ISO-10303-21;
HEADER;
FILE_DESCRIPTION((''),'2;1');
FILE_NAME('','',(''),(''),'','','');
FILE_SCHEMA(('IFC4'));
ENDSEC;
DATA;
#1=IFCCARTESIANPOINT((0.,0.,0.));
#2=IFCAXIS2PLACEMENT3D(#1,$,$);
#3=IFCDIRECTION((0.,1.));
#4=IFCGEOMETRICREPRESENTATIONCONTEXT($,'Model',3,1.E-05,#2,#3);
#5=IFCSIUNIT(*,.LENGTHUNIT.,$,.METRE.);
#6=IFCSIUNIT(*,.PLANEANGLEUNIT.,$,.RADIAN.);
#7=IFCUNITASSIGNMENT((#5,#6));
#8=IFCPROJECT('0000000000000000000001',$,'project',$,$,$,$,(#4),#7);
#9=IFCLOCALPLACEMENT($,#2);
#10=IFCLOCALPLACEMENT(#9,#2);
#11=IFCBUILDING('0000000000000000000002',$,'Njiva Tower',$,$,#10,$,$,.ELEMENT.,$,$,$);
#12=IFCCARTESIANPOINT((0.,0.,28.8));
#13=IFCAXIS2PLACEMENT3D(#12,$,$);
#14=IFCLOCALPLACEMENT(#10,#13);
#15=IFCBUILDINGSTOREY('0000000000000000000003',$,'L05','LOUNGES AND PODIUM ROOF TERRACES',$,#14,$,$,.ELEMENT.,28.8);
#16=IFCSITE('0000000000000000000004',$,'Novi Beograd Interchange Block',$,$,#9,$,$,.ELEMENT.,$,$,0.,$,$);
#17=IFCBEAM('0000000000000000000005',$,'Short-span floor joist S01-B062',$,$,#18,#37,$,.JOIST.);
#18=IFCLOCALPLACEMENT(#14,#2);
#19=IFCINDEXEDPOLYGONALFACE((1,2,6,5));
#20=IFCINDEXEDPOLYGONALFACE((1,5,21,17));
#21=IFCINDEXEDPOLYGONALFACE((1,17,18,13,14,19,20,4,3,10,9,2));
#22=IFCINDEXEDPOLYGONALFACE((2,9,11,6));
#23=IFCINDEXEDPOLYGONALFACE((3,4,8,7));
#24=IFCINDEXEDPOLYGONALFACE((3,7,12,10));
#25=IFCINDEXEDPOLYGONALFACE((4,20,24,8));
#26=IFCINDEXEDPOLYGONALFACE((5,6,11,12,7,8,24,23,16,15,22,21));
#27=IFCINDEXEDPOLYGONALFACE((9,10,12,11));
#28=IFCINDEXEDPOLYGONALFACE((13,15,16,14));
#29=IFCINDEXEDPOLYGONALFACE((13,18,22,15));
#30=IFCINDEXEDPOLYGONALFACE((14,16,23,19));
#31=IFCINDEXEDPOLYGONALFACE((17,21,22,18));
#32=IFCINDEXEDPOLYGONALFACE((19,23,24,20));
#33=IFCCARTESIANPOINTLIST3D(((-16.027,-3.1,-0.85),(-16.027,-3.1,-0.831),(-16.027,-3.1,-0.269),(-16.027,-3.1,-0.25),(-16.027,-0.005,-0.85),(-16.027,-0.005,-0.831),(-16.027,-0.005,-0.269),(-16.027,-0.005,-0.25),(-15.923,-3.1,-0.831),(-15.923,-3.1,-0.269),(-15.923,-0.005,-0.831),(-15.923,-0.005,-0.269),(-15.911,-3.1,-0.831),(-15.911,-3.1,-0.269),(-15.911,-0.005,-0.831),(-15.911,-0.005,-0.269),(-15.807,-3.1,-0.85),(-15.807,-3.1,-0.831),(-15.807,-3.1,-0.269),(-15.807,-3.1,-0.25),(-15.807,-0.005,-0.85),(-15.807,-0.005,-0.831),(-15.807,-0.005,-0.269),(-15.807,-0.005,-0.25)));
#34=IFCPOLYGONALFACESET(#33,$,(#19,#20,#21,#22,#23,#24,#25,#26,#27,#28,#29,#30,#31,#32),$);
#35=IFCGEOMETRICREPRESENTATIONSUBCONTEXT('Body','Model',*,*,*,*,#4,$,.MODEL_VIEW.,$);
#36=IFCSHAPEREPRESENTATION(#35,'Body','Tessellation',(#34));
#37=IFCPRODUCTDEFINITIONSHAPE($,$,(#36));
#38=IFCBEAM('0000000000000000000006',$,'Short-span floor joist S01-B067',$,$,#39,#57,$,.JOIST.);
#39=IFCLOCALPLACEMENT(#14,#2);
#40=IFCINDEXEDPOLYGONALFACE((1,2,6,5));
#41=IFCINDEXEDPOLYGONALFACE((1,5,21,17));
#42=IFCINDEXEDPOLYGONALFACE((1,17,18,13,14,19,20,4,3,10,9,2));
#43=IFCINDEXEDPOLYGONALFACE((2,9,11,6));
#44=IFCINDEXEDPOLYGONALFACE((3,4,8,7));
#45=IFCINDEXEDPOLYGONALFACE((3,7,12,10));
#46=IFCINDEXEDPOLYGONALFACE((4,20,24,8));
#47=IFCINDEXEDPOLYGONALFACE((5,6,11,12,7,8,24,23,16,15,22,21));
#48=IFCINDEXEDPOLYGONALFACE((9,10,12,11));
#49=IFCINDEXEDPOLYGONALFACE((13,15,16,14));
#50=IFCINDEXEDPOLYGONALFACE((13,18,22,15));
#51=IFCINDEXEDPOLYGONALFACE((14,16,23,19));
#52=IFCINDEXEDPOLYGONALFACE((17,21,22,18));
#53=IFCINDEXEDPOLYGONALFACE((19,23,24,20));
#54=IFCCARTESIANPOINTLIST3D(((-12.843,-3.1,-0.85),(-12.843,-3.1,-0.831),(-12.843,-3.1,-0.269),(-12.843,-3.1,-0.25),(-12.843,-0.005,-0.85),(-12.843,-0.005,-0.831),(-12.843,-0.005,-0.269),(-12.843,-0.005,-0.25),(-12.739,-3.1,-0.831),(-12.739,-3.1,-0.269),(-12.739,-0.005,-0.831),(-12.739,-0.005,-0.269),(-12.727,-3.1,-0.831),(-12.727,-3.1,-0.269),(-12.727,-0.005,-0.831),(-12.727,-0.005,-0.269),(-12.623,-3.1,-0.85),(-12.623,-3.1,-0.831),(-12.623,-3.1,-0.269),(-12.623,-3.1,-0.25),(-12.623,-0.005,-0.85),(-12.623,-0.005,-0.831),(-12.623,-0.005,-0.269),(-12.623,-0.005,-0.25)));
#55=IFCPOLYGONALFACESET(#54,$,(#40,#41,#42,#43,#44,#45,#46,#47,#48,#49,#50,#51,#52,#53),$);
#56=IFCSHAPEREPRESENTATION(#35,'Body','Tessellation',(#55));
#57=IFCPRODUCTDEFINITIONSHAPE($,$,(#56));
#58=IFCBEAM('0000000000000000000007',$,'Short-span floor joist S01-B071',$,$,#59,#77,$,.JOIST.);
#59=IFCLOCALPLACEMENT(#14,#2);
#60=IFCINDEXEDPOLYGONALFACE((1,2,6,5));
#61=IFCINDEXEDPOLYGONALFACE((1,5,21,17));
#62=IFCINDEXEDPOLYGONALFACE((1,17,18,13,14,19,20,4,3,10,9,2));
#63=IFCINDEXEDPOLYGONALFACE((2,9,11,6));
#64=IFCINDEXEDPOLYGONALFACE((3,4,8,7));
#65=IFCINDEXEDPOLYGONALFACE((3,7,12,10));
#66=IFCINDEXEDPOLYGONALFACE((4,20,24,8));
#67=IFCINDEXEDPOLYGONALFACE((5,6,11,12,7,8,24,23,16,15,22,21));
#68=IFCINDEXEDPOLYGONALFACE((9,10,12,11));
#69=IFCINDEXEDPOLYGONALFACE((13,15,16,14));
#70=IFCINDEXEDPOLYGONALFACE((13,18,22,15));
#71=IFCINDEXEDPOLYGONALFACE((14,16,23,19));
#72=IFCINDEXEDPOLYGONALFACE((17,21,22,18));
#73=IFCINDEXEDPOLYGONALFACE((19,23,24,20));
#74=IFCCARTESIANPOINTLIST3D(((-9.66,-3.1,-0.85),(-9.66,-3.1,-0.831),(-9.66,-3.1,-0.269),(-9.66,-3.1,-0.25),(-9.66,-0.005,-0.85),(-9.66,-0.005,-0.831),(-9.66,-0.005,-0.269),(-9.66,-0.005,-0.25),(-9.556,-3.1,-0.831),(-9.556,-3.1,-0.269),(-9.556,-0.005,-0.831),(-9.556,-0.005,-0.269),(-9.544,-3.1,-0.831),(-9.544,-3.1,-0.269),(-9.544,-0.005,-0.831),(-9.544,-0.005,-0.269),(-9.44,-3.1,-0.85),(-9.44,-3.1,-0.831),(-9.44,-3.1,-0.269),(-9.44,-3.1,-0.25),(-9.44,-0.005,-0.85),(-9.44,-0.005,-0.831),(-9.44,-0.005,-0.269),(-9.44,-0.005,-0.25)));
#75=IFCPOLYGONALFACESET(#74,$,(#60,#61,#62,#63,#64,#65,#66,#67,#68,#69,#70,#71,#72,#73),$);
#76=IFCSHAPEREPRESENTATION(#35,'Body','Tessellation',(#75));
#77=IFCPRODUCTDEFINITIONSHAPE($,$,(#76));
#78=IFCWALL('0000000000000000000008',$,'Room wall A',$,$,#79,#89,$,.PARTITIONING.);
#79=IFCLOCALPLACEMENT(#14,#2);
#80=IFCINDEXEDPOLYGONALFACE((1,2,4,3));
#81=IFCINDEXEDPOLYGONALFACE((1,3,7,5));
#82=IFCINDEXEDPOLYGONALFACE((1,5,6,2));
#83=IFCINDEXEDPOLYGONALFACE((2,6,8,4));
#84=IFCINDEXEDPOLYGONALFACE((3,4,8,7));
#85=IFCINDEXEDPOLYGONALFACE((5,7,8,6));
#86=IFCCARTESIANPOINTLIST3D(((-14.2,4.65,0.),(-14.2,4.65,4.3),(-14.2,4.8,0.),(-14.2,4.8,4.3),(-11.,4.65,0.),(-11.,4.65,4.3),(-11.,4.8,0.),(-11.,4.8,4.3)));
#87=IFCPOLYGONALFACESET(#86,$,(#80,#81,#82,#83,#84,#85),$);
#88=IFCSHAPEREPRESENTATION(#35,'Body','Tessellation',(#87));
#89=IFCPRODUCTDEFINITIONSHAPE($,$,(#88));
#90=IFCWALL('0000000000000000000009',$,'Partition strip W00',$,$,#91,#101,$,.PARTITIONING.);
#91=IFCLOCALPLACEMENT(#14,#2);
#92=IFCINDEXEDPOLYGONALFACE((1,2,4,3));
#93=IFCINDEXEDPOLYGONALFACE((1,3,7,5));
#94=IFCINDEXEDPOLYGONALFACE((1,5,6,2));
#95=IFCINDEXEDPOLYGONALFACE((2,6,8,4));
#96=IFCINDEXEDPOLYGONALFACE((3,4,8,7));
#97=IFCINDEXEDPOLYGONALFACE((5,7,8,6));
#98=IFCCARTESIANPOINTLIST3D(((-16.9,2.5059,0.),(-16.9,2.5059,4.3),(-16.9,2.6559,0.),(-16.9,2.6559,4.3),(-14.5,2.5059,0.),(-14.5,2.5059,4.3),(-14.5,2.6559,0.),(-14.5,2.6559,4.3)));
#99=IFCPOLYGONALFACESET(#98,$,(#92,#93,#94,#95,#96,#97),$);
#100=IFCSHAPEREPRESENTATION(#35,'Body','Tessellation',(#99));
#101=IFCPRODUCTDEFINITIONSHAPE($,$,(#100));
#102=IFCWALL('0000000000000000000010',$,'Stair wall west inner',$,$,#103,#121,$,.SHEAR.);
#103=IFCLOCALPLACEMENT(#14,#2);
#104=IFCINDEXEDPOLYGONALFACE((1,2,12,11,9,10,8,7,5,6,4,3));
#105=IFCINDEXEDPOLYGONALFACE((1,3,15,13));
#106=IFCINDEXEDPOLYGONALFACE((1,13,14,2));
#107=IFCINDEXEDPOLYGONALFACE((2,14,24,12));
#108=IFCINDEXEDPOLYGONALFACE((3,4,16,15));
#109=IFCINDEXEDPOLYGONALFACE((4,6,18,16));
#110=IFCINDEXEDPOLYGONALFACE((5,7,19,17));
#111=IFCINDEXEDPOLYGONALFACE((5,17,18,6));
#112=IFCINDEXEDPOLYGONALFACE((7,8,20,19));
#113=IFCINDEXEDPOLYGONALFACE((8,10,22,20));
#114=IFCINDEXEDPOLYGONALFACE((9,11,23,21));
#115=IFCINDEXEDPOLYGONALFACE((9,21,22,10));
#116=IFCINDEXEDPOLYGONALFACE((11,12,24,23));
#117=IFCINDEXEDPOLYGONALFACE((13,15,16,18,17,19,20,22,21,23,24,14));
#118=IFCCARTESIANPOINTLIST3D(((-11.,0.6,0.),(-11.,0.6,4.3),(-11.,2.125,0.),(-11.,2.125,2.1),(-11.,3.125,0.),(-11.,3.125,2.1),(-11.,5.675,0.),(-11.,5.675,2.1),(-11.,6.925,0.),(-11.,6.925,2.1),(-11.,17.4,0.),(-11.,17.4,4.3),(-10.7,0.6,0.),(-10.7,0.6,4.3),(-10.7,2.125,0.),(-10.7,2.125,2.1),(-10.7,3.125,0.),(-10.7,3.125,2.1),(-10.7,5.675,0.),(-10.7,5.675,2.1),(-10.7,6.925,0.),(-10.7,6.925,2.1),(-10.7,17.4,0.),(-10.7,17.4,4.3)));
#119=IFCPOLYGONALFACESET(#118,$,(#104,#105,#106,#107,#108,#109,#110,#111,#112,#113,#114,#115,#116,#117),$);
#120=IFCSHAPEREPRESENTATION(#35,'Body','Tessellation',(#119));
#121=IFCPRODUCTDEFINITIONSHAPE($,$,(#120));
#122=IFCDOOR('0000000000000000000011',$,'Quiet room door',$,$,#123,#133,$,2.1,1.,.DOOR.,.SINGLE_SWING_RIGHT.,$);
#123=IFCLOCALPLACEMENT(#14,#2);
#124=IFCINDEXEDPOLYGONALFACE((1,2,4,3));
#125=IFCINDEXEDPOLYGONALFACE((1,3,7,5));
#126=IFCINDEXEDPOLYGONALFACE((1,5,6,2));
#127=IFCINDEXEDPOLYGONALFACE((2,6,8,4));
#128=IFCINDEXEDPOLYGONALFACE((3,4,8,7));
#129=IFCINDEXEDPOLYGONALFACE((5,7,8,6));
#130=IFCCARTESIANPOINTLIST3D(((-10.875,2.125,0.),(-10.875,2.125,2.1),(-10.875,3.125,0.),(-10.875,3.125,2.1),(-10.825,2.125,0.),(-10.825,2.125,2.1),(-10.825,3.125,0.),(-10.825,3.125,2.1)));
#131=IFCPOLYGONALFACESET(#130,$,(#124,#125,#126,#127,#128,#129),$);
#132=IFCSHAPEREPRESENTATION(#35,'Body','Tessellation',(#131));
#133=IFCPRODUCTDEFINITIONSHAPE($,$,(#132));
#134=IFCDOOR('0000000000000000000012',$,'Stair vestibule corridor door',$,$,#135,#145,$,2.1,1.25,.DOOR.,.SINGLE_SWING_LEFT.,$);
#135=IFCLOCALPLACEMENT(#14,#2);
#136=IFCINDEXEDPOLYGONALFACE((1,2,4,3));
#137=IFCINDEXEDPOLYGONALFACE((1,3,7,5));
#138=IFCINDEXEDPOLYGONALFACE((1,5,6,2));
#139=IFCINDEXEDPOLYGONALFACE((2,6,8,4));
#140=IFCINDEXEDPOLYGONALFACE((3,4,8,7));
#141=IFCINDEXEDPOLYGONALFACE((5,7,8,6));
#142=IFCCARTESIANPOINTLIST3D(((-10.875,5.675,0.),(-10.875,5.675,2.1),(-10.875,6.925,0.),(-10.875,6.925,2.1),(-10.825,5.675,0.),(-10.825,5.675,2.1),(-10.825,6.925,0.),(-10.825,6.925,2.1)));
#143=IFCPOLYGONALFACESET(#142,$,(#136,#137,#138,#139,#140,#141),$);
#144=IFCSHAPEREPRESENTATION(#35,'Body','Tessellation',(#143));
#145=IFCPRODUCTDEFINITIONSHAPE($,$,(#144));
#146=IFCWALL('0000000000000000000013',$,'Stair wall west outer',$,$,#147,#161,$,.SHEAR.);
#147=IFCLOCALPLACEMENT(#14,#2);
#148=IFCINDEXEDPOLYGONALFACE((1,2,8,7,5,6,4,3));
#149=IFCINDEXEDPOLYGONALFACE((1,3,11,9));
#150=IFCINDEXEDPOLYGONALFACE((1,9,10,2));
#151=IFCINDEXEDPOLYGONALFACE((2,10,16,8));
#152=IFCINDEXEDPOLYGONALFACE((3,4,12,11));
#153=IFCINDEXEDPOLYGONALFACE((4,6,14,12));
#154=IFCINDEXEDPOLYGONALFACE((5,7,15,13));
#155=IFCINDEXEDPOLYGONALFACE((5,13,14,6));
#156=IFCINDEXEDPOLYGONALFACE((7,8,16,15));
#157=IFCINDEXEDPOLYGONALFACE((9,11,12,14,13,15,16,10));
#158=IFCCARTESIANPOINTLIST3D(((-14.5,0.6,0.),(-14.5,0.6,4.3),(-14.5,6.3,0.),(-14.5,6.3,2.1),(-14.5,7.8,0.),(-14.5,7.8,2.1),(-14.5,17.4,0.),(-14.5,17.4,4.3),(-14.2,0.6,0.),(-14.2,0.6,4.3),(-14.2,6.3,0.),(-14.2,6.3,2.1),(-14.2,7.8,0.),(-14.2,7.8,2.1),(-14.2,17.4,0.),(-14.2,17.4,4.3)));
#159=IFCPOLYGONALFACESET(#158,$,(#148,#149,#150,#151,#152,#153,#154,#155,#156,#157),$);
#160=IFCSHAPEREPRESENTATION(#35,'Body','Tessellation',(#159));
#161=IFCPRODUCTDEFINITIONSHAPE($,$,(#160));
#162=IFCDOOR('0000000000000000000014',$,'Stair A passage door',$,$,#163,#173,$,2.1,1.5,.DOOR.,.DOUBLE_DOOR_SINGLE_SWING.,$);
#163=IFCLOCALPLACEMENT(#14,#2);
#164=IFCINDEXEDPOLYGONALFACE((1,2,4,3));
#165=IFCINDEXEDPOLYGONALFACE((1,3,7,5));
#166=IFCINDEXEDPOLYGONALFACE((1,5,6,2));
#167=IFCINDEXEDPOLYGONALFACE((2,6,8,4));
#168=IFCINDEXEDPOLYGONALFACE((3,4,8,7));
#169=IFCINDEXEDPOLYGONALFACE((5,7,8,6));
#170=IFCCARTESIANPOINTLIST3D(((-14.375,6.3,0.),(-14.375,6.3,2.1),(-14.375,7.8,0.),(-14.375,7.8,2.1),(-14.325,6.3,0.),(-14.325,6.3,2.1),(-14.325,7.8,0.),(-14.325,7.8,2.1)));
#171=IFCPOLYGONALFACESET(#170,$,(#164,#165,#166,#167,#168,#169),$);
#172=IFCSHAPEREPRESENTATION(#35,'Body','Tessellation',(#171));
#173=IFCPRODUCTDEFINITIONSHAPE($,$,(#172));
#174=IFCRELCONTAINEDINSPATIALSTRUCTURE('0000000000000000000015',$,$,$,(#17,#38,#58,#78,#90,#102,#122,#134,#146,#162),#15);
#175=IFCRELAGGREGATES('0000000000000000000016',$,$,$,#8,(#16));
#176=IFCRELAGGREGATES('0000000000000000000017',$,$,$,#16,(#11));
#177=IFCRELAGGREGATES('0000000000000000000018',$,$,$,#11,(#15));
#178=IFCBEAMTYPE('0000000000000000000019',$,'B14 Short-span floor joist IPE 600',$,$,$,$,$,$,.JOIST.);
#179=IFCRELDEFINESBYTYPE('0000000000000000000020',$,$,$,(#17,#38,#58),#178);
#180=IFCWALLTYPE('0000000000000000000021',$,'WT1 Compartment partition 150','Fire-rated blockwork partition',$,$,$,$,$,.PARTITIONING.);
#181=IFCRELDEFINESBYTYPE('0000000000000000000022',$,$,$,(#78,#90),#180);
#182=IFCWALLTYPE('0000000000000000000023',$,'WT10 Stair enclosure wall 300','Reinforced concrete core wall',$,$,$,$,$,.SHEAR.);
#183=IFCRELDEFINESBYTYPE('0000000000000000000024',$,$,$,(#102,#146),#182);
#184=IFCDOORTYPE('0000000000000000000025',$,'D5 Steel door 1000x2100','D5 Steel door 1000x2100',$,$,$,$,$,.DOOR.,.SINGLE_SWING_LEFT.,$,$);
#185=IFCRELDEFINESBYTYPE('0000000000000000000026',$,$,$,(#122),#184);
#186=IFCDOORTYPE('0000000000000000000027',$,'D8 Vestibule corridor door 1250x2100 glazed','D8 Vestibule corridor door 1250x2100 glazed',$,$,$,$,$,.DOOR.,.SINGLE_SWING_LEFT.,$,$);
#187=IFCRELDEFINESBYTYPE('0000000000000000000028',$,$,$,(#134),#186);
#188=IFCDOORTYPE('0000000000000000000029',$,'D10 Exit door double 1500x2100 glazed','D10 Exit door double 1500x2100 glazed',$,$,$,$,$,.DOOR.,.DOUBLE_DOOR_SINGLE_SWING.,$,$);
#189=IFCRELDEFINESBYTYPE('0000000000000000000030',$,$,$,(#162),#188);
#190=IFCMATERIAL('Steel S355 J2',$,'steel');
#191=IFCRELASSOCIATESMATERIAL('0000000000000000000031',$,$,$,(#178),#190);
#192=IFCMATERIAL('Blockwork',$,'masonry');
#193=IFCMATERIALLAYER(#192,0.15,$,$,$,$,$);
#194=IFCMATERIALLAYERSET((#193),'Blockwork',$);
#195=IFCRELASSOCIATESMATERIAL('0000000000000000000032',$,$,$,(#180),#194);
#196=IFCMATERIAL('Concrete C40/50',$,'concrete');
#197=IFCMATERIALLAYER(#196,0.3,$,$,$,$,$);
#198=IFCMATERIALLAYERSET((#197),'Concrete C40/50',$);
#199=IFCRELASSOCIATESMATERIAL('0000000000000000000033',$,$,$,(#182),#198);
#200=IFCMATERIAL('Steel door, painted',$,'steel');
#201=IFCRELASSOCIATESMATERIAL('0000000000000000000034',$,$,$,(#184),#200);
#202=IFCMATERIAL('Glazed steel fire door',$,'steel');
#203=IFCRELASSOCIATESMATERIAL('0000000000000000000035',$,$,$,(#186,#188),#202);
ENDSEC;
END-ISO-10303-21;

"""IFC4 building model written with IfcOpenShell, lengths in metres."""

from ifc_helpers import new_model, si_unit, direction, frame, frame_2d, origin, origin_2d, place, context, subcontext, project, spatial, rectangle, i_section, extrude, material, layer, layer_set, material_profile, profile_set, type_object, element, fill, save


model = new_model("IFC4")

# Units and contexts
model_context = context("Model", 3, precision=1e-05, world=origin(), true_north=direction((0.0, 1.0)))
body_context = subcontext(model_context, "Body", "Model", "MODEL_VIEW")
ifc_project = project(units=[si_unit("LENGTHUNIT", "METRE"), si_unit("PLANEANGLEUNIT", "RADIAN")], contexts=[model_context])

# Site, building, storey
site_placement = place(None, origin())
site = spatial("IfcSite", under=ifc_project, at=site_placement, Name="Novi Beograd Interchange Block", CompositionType="ELEMENT", RefElevation=0.0)
building_placement = place(site_placement, origin())
building = spatial("IfcBuilding", under=site, at=building_placement, Name="Njiva Tower", CompositionType="ELEMENT")
storey_placement = place(building_placement, frame((0.0, 0.0, 28.8)))
storey = spatial("IfcBuildingStorey", under=building, at=storey_placement, Name="L05", Description="LOUNGES AND PODIUM ROOF TERRACES", CompositionType="ELEMENT", Elevation=28.8)

# Beams
ifc_material_1 = material(Name="Steel S355 J2", Category="steel")
ifc_material_profile = material_profile(ifc_material_1, i_section(OverallWidth=0.22, OverallDepth=0.6, WebThickness=0.012, FlangeThickness=0.019, at=origin_2d()), Name="IPE 600")
ifc_profile_set = profile_set([ifc_material_profile], Name="Steel S355 J2")
beam_type = type_object("IfcBeamType", Name="B14 Short-span floor joist IPE 600", PredefinedType="JOIST", material=ifc_profile_set)
for number, where, z_axis, x_axis, name in (
    (1, (-15.917, -0.005, -0.55), (0.0, -1.0, 0.0), (1.0, 0.0, 0.0), "Short-span floor joist S01-B062"),
    (2, (-12.733, -0.005, -0.55), (0.0, -1.0, 0.0), (1.0, 0.0, 0.0), "Short-span floor joist S01-B067"),
    (3, (-9.55, -0.005, -0.55), (0.0, -1.0, 0.0), (1.0, 0.0, 0.0), "Short-span floor joist S01-B071"),
):
    element("IfcBeam", number, at=place(storey_placement, frame(where, z_axis=z_axis, x_axis=x_axis)), inside=storey, type_object=beam_type, Name=name, PredefinedType="JOIST", context=body_context, shape_type="SweptSolid", body=[
        extrude(i_section(OverallWidth=0.22, OverallDepth=0.6, WebThickness=0.012, FlangeThickness=0.019, at=origin_2d()), origin(), (0.0, 0.0, 1.0), 3.095),
    ])

# Walls
ifc_material_2 = material(Name="Blockwork", Category="masonry")
ifc_layer_1 = layer(ifc_material_2, 0.15)
ifc_layer_set_1 = layer_set([ifc_layer_1], Name="Blockwork")
wall_type_1 = type_object("IfcWallType", Name="WT1 Compartment partition 150", Description="Fire-rated blockwork partition", PredefinedType="PARTITIONING", material=ifc_layer_set_1)
wall_1_placement = place(storey_placement, frame((-14.2, 4.725, 0.0), z_axis=(0.0, 0.0, 1.0), x_axis=(1.0, 0.0, 0.0)))
element("IfcWall", 4, at=wall_1_placement, inside=storey, type_object=wall_type_1, Name="Room wall A", PredefinedType="PARTITIONING", context=body_context, shape_type="SweptSolid", body=[
    extrude(rectangle(XDim=3.2, YDim=0.15, at=frame_2d((1.6, 0.0))), origin(), (0.0, 0.0, 1.0), 4.3),
])
wall_2_placement = place(storey_placement, frame((-16.9, 2.5809, 0.0), z_axis=(0.0, 0.0, 1.0), x_axis=(1.0, 0.0, 0.0)))
element("IfcWall", 5, at=wall_2_placement, inside=storey, type_object=wall_type_1, Name="Partition strip W00", PredefinedType="PARTITIONING", context=body_context, shape_type="SweptSolid", body=[
    extrude(rectangle(XDim=2.4, YDim=0.15, at=frame_2d((1.2, 0.0))), origin(), (0.0, 0.0, 1.0), 4.3),
])

# Wall, openings, doors
ifc_material_3 = material(Name="Concrete C40/50", Category="concrete")
ifc_layer_2 = layer(ifc_material_3, 0.3)
ifc_layer_set_2 = layer_set([ifc_layer_2], Name="Concrete C40/50")
wall_type_2 = type_object("IfcWallType", Name="WT10 Stair enclosure wall 300", Description="Reinforced concrete core wall", PredefinedType="SHEAR", material=ifc_layer_set_2)
wall_3_placement = place(storey_placement, frame((-10.85, 0.6, 0.0), z_axis=(0.0, 0.0, 1.0), x_axis=(0.0, 1.0, 0.0)))
wall_3 = element("IfcWall", 6, at=wall_3_placement, inside=storey, type_object=wall_type_2, Name="Stair wall west inner", PredefinedType="SHEAR", context=body_context, shape_type="SweptSolid", body=[
    extrude(rectangle(XDim=16.8, YDim=0.3, at=frame_2d((8.4, 0.0))), origin(), (0.0, 0.0, 1.0), 4.3),
])
opening_1_placement = place(wall_3_placement, frame((5.075, 0.0, 0.0)))
opening_1 = element("IfcOpeningElement", 7, at=opening_1_placement, cuts=wall_3, PredefinedType="OPENING", context=body_context, shape_type="SweptSolid", body=[
    extrude(rectangle(XDim=1.25, YDim=2.1, at=frame_2d((0.625, 1.05))), frame((0.0, 0.16, 0.0), z_axis=(0.0, -1.0, 0.0), x_axis=(1.0, 0.0, 0.0)), (0.0, 0.0, 1.0), 0.32),
])
opening_2_placement = place(wall_3_placement, frame((1.525, 0.0, 0.0)))
opening_2 = element("IfcOpeningElement", 8, at=opening_2_placement, cuts=wall_3, PredefinedType="OPENING", context=body_context, shape_type="SweptSolid", body=[
    extrude(rectangle(XDim=1.0, YDim=2.1, at=frame_2d((0.5, 1.05))), frame((0.0, 0.16, 0.0), z_axis=(0.0, -1.0, 0.0), x_axis=(1.0, 0.0, 0.0)), (0.0, 0.0, 1.0), 0.32),
])
ifc_material_4 = material(Name="Steel door, painted", Category="steel")
door_type_1 = type_object("IfcDoorType", Name="D5 Steel door 1000x2100", Description="D5 Steel door 1000x2100", OperationType="SINGLE_SWING_LEFT", PredefinedType="DOOR", material=ifc_material_4)
door_1_placement = place(opening_2_placement, origin())
door_1 = element("IfcDoor", 9, at=door_1_placement, inside=storey, type_object=door_type_1, Name="Quiet room door", OperationType="SINGLE_SWING_RIGHT", OverallHeight=2.1, OverallWidth=1.0, PredefinedType="DOOR", context=body_context, shape_type="SweptSolid", body=[
    extrude(rectangle(XDim=1.0, YDim=2.1, at=frame_2d((0.5, 1.05))), frame((0.0, 0.025, 0.0), z_axis=(0.0, -1.0, 0.0), x_axis=(1.0, 0.0, 0.0)), (0.0, 0.0, 1.0), 0.05),
])
fill(opening_2, door_1)
ifc_material_5 = material(Name="Glazed steel fire door", Category="steel")
door_type_2 = type_object("IfcDoorType", Name="D8 Vestibule corridor door 1250x2100 glazed", Description="D8 Vestibule corridor door 1250x2100 glazed", OperationType="SINGLE_SWING_LEFT", PredefinedType="DOOR", material=ifc_material_5)
door_2_placement = place(opening_1_placement, origin())
door_2 = element("IfcDoor", 10, at=door_2_placement, inside=storey, type_object=door_type_2, Name="Stair vestibule corridor door", OperationType="SINGLE_SWING_LEFT", OverallHeight=2.1, OverallWidth=1.25, PredefinedType="DOOR", context=body_context, shape_type="SweptSolid", body=[
    extrude(rectangle(XDim=1.25, YDim=2.1, at=frame_2d((0.625, 1.05))), frame((0.0, 0.025, 0.0), z_axis=(0.0, -1.0, 0.0), x_axis=(1.0, 0.0, 0.0)), (0.0, 0.0, 1.0), 0.05),
])
fill(opening_1, door_2)

# Wall, opening, door
wall_4_placement = place(storey_placement, frame((-14.35, 0.6, 0.0), z_axis=(0.0, 0.0, 1.0), x_axis=(0.0, 1.0, 0.0)))
wall_4 = element("IfcWall", 11, at=wall_4_placement, inside=storey, type_object=wall_type_2, Name="Stair wall west outer", PredefinedType="SHEAR", context=body_context, shape_type="SweptSolid", body=[
    extrude(rectangle(XDim=16.8, YDim=0.3, at=frame_2d((8.4, 0.0))), origin(), (0.0, 0.0, 1.0), 4.3),
])
opening_3_placement = place(wall_4_placement, frame((5.7, 0.0, 0.0)))
opening_3 = element("IfcOpeningElement", 12, at=opening_3_placement, cuts=wall_4, PredefinedType="OPENING", context=body_context, shape_type="SweptSolid", body=[
    extrude(rectangle(XDim=1.5, YDim=2.1, at=frame_2d((0.75, 1.05))), frame((0.0, 0.16, 0.0), z_axis=(0.0, -1.0, 0.0), x_axis=(1.0, 0.0, 0.0)), (0.0, 0.0, 1.0), 0.32),
])
door_type_3 = type_object("IfcDoorType", Name="D10 Exit door double 1500x2100 glazed", Description="D10 Exit door double 1500x2100 glazed", OperationType="DOUBLE_DOOR_SINGLE_SWING", PredefinedType="DOOR", material=ifc_material_5)
door_3_placement = place(opening_3_placement, origin())
door_3 = element("IfcDoor", 13, at=door_3_placement, inside=storey, type_object=door_type_3, Name="Stair A passage door", OperationType="DOUBLE_DOOR_SINGLE_SWING", OverallHeight=2.1, OverallWidth=1.5, PredefinedType="DOOR", context=body_context, shape_type="SweptSolid", body=[
    extrude(rectangle(XDim=1.5, YDim=2.1, at=frame_2d((0.75, 1.05))), frame((0.0, 0.025, 0.0), z_axis=(0.0, -1.0, 0.0), x_axis=(1.0, 0.0, 0.0)), (0.0, 0.0, 1.0), 0.05),
])
fill(opening_3, door_3)

save(model, "model.ifc")
